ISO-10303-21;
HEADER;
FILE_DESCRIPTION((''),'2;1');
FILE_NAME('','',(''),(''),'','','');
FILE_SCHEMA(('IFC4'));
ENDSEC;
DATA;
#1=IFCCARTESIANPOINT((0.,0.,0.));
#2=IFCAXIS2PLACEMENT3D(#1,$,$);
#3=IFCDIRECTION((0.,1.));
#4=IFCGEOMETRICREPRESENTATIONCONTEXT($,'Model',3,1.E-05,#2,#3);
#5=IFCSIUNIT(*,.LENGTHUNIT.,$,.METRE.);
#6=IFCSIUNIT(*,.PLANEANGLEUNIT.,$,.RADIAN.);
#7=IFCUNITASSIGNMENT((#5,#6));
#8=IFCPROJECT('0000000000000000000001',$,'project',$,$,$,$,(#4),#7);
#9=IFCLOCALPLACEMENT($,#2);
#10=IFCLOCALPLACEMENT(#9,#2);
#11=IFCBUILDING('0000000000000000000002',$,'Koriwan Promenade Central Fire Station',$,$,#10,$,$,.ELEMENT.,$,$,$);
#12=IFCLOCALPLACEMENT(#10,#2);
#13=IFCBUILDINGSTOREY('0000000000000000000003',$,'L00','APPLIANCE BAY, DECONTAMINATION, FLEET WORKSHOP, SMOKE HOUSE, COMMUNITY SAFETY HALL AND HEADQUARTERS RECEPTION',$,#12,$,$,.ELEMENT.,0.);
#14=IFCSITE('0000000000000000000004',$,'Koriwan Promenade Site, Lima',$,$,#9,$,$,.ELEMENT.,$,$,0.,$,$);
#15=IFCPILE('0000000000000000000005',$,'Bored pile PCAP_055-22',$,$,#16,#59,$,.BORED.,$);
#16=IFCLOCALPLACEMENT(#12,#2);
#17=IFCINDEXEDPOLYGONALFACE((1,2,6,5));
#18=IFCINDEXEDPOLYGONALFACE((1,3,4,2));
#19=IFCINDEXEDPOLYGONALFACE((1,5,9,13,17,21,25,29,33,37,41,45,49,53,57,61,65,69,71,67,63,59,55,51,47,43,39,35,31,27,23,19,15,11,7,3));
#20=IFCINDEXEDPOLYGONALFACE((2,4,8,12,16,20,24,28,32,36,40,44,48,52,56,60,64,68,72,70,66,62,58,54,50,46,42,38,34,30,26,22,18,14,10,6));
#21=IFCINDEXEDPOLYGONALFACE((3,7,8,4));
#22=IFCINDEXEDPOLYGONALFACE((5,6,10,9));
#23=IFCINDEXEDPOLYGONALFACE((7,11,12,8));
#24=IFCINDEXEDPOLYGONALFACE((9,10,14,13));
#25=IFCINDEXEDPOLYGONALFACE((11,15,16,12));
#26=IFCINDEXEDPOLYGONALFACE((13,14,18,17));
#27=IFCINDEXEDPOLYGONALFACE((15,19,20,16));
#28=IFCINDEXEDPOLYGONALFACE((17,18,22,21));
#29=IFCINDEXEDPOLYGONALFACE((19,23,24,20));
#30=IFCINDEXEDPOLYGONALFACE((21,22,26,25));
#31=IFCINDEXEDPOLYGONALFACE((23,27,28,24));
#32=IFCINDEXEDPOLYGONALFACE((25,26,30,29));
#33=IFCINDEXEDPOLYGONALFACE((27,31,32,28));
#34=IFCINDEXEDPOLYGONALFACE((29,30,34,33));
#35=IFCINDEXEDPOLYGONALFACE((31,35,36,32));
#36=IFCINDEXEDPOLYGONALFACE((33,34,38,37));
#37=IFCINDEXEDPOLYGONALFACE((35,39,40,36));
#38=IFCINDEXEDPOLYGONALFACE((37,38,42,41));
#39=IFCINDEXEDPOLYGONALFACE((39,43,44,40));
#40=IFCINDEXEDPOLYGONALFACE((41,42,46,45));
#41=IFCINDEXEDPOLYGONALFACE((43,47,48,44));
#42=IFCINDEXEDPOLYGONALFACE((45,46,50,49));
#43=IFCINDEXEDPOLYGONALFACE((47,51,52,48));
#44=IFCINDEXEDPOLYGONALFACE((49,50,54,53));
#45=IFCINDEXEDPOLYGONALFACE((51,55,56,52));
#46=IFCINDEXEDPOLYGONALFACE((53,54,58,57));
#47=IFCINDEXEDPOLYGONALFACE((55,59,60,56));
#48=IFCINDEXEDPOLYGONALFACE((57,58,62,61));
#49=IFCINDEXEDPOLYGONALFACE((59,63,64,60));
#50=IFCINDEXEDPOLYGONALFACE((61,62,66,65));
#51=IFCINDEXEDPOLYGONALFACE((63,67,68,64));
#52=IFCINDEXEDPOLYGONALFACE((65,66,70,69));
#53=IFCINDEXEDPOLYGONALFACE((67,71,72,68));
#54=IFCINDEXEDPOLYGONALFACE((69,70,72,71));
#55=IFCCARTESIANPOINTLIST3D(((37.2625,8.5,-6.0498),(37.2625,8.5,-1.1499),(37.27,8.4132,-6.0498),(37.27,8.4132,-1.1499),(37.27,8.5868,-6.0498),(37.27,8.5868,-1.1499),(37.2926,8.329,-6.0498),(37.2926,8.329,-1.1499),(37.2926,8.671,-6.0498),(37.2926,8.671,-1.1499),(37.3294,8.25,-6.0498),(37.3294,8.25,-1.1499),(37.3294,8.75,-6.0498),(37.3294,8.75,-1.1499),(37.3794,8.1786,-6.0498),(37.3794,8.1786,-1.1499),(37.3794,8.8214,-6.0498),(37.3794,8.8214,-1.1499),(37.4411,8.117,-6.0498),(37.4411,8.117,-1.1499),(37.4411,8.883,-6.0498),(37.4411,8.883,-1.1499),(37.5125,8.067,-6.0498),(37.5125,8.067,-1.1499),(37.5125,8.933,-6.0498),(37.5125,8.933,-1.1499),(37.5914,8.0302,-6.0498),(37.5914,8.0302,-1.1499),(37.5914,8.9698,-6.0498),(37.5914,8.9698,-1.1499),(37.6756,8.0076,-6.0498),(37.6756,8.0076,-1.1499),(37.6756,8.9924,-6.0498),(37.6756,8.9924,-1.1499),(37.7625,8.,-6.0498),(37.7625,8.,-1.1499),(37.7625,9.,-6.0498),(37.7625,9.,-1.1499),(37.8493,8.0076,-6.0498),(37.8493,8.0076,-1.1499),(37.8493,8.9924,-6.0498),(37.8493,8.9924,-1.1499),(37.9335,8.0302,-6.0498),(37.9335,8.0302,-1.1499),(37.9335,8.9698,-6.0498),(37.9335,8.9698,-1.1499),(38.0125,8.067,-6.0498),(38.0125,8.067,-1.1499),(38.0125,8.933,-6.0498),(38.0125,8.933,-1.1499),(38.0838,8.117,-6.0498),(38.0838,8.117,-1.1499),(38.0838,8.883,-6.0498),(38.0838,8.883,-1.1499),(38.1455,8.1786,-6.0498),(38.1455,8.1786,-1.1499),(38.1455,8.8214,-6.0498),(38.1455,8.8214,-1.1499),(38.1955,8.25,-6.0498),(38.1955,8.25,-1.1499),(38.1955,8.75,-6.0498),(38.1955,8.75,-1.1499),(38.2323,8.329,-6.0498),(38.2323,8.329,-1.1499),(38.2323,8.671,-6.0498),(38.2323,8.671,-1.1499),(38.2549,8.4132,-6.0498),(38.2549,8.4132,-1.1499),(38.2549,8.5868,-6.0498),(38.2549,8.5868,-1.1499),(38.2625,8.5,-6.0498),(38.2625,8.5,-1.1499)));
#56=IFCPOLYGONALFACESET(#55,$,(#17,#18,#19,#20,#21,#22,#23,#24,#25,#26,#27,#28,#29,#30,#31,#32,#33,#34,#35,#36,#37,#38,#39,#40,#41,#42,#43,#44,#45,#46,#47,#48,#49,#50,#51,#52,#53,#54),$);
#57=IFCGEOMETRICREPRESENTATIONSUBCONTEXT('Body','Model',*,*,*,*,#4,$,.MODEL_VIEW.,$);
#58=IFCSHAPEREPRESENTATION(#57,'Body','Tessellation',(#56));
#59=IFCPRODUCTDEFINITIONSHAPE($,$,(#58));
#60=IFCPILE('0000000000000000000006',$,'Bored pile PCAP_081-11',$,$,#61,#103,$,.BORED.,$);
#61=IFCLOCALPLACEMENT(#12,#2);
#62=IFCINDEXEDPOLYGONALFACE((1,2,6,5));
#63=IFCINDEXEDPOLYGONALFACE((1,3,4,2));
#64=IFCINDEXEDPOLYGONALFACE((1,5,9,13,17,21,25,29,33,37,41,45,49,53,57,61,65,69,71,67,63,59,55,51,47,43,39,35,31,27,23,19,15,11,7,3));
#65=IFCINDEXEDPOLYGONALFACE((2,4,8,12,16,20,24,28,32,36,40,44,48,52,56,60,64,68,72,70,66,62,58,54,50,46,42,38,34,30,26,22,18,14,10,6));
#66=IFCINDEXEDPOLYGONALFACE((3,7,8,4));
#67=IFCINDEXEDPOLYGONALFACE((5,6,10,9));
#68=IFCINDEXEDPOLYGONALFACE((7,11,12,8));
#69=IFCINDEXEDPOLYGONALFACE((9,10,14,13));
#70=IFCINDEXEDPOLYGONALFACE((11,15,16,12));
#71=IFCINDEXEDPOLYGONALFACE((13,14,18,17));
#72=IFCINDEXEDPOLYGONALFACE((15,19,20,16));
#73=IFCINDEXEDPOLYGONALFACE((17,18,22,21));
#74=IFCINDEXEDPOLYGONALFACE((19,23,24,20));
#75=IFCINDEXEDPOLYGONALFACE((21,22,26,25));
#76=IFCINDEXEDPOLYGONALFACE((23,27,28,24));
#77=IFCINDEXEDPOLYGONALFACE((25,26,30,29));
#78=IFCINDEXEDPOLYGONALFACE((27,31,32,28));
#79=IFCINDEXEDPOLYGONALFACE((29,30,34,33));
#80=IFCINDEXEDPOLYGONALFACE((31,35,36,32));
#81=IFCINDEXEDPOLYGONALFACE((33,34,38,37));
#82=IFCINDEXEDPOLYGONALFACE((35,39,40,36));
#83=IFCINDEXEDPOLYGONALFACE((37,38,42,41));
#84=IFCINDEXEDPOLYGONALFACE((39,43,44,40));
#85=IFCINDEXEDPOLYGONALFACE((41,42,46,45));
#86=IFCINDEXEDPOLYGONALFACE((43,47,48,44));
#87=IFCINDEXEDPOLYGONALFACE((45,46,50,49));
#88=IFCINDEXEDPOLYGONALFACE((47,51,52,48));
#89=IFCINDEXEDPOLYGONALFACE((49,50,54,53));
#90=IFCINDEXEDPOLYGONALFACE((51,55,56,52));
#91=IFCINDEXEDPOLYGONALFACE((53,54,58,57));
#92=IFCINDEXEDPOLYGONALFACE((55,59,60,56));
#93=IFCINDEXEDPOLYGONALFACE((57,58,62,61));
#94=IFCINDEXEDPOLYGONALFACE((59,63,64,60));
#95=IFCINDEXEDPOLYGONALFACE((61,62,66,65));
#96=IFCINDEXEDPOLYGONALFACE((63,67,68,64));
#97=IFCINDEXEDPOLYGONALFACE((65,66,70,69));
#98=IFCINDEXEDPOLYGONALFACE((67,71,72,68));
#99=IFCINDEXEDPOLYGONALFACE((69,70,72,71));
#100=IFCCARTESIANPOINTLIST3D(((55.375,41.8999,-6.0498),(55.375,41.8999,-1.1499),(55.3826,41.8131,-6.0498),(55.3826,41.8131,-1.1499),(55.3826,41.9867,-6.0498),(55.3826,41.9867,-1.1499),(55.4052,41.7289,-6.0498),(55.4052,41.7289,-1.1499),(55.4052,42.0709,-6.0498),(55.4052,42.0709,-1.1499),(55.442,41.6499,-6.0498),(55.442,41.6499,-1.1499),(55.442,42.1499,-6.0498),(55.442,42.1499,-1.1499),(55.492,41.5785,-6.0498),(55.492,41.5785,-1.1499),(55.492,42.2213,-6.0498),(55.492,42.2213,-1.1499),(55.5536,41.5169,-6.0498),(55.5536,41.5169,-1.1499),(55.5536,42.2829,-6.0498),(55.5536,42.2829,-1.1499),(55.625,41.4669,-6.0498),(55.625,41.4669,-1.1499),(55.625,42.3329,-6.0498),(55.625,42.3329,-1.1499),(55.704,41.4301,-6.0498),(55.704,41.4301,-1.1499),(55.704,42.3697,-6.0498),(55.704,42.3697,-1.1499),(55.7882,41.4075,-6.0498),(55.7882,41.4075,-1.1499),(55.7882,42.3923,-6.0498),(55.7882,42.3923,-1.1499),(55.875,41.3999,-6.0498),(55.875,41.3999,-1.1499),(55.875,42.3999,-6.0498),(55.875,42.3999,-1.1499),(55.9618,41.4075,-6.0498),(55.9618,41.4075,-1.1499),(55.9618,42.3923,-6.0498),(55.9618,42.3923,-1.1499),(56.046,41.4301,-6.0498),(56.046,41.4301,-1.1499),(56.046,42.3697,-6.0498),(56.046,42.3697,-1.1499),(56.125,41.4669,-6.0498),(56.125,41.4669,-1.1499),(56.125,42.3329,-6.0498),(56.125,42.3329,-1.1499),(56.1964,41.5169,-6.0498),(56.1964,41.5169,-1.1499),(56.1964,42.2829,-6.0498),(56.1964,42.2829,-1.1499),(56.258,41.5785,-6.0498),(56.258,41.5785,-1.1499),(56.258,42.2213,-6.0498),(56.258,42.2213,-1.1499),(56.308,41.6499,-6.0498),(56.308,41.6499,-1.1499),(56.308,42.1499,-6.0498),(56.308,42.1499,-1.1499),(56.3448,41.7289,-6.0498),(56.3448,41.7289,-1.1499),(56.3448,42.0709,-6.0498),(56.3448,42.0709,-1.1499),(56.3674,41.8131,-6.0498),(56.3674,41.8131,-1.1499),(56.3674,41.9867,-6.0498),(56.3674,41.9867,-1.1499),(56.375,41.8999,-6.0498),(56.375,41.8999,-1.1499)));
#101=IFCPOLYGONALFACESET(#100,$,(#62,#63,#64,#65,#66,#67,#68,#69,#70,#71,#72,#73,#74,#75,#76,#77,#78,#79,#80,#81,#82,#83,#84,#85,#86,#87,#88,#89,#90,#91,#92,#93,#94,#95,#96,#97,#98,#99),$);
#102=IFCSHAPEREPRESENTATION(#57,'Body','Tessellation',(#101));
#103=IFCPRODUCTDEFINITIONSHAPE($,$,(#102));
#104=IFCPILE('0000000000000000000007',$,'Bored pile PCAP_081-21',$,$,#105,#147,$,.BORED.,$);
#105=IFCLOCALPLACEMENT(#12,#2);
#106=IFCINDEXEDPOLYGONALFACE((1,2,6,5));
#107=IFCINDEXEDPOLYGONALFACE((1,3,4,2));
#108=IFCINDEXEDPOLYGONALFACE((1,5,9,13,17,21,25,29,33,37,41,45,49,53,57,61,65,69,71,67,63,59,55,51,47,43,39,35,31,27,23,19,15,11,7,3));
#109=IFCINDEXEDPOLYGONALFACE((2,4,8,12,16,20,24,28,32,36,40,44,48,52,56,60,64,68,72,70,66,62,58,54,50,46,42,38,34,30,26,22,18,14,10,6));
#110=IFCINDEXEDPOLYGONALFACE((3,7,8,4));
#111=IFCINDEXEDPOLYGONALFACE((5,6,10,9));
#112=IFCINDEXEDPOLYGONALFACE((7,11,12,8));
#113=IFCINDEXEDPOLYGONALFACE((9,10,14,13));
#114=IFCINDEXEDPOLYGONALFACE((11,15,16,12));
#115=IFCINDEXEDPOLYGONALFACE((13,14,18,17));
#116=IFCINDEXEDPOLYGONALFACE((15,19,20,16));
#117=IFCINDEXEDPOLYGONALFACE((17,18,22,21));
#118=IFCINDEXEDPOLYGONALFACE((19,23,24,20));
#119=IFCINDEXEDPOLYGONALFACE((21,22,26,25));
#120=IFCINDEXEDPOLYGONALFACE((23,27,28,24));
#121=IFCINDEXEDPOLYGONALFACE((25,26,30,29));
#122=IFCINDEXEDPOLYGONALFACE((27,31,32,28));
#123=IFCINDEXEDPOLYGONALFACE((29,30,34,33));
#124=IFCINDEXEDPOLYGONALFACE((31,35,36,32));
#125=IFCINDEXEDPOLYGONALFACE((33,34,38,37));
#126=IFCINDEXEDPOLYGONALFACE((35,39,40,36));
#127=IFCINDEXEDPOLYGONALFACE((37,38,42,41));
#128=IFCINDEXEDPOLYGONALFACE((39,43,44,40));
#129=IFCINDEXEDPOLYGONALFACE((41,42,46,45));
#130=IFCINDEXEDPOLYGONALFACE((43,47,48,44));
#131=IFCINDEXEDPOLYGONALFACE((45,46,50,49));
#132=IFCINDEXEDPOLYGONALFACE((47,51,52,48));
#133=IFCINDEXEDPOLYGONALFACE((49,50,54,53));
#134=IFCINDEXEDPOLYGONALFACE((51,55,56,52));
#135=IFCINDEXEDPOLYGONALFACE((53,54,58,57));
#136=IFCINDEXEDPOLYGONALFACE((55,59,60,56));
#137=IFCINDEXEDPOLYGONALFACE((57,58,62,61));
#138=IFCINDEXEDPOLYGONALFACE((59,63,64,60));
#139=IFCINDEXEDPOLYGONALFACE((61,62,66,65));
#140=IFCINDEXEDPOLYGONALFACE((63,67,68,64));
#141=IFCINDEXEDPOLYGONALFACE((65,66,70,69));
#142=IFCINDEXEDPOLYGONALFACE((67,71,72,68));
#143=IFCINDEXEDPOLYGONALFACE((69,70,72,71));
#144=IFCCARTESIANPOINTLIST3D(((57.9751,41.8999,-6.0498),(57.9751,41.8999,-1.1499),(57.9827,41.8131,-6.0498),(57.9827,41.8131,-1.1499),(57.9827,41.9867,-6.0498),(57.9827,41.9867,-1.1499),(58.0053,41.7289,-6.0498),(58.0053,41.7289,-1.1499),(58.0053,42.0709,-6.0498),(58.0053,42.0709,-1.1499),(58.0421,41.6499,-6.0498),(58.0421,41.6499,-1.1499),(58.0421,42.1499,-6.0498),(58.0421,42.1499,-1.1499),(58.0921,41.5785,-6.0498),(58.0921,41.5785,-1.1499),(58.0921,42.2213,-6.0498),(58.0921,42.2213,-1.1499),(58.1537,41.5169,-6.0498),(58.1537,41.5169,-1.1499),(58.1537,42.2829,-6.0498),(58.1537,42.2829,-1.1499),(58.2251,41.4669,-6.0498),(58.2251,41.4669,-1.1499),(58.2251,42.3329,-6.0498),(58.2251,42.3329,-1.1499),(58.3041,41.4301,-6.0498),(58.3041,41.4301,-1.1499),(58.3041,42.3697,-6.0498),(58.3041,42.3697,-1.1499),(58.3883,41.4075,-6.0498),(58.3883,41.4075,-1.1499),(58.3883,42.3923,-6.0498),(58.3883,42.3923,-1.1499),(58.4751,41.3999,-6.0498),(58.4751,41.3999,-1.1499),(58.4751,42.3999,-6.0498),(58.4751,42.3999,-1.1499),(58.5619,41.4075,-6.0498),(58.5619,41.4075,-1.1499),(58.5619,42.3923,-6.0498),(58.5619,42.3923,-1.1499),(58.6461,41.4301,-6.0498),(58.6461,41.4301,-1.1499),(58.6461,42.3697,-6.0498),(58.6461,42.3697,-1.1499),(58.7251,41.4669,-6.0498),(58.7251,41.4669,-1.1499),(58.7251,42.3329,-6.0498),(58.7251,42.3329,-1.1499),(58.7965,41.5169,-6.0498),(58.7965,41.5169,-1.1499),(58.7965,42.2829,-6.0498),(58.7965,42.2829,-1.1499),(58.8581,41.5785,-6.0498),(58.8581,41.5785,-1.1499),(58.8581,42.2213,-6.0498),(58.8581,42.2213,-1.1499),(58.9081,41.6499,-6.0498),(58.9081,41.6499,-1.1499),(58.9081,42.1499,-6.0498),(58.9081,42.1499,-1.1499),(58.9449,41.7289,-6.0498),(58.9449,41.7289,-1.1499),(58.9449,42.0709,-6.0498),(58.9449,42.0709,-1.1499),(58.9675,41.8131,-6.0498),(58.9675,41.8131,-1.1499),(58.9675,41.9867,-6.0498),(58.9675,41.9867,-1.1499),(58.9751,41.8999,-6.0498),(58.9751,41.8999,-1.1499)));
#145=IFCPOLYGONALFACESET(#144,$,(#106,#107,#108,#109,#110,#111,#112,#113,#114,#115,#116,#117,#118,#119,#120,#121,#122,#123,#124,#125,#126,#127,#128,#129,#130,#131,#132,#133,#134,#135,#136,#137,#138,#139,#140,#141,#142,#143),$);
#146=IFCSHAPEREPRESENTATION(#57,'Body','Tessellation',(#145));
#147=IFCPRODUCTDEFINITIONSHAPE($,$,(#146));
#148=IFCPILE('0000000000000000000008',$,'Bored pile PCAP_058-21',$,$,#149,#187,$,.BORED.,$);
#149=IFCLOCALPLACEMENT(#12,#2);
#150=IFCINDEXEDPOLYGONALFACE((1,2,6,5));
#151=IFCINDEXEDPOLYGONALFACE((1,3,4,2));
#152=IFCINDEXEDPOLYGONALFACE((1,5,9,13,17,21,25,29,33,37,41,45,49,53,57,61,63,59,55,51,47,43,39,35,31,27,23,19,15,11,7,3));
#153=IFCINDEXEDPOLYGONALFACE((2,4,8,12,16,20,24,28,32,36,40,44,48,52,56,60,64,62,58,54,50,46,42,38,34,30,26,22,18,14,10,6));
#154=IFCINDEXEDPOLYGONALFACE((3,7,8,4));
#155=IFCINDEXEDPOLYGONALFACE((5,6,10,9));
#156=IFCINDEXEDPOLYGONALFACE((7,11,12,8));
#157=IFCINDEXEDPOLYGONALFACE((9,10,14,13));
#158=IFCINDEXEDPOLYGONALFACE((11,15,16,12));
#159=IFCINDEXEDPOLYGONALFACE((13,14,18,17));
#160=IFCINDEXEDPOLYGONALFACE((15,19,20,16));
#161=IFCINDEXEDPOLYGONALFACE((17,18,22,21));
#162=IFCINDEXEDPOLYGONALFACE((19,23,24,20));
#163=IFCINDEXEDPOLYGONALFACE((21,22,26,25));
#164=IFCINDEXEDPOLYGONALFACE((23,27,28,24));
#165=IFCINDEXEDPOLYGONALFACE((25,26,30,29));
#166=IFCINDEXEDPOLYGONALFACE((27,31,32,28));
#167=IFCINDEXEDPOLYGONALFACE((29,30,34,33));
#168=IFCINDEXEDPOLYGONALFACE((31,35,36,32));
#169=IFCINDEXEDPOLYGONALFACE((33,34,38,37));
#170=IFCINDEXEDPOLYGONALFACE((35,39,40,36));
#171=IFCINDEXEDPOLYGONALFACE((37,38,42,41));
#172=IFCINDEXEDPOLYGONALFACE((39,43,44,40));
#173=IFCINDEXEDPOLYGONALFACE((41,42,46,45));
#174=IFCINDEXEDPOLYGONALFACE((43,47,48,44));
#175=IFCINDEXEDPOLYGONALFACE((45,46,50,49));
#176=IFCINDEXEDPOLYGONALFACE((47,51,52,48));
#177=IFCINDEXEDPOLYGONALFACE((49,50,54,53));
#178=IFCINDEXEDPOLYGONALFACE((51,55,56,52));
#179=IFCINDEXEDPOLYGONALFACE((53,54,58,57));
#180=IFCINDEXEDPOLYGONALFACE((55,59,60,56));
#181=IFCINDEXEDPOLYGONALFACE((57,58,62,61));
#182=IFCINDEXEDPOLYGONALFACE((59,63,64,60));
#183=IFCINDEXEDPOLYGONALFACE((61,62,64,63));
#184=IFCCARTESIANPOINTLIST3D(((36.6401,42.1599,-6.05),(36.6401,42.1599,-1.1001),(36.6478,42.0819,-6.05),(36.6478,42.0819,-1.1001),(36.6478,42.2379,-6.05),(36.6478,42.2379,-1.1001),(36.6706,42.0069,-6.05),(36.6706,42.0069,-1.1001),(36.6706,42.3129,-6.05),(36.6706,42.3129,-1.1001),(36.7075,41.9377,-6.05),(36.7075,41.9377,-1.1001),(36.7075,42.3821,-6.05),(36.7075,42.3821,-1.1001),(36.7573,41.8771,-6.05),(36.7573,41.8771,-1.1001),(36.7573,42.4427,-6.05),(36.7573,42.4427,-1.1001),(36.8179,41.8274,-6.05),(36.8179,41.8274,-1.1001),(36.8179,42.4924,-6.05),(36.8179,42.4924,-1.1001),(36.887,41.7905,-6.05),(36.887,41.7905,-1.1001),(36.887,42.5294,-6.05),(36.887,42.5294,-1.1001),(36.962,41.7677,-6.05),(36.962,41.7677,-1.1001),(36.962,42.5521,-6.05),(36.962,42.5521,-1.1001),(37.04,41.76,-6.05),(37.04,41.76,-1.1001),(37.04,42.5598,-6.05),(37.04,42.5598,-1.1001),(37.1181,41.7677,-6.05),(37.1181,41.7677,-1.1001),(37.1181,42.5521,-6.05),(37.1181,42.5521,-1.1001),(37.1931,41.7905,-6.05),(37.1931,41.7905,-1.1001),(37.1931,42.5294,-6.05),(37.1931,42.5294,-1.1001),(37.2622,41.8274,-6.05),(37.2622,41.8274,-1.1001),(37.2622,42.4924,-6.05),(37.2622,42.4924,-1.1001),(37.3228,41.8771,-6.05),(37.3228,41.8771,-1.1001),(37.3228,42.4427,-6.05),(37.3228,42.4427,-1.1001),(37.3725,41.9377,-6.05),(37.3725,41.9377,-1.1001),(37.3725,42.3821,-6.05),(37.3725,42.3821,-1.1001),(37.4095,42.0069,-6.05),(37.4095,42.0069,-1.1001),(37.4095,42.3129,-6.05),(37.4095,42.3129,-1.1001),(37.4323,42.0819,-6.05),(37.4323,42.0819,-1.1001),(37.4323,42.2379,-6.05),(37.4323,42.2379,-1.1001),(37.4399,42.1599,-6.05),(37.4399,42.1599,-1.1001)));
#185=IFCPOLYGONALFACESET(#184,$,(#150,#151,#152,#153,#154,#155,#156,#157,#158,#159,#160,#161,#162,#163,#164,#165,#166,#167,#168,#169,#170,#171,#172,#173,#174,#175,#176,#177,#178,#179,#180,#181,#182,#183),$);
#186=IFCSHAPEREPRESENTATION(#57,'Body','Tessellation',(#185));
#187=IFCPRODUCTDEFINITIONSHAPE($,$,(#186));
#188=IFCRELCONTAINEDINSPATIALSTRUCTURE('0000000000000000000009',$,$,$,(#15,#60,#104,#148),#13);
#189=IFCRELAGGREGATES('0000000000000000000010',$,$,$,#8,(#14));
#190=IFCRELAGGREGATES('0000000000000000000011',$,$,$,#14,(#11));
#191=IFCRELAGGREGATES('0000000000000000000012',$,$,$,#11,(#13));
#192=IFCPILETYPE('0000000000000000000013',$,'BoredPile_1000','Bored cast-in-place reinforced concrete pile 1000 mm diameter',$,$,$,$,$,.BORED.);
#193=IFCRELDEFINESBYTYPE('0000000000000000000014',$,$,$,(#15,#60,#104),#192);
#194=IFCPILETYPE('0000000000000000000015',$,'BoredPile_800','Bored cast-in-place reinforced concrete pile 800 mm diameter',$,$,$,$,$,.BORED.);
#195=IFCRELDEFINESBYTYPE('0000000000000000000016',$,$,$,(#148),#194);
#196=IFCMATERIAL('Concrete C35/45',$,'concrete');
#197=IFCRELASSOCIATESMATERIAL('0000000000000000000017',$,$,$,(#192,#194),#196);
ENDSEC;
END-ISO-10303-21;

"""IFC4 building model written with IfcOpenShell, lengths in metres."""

from ifc_helpers import new_model, si_unit, direction, frame, origin, origin_2d, place, context, subcontext, project, spatial, circle, extrude, material, material_profile, profile_set, type_object, element, save


model = new_model("IFC4")

# Units and contexts
model_context = context("Model", 3, precision=1e-05, world=origin(), true_north=direction((0.0, 1.0)))
body_context = subcontext(model_context, "Body", "Model", "MODEL_VIEW")
ifc_project = project(units=[si_unit("LENGTHUNIT", "METRE"), si_unit("PLANEANGLEUNIT", "RADIAN")], contexts=[model_context])

# Site, building, storey
site_placement = place(None, origin())
site = spatial("IfcSite", under=ifc_project, at=site_placement, Name="Koriwan Promenade Site, Lima", CompositionType="ELEMENT", RefElevation=0.0)
building_placement = place(site_placement, origin())
building = spatial("IfcBuilding", under=site, at=building_placement, Name="Koriwan Promenade Central Fire Station", CompositionType="ELEMENT")
storey_placement = place(building_placement, origin())
storey = spatial("IfcBuildingStorey", under=building, at=storey_placement, Name="L00", Description="APPLIANCE BAY, DECONTAMINATION, FLEET WORKSHOP, SMOKE HOUSE, COMMUNITY SAFETY HALL AND HEADQUARTERS RECEPTION", CompositionType="ELEMENT", Elevation=0.0)

# Piles
ifc_material_1 = material(Name="Concrete C35/45", Category="concrete")
ifc_material_profile_1 = material_profile(ifc_material_1, circle(Radius=0.5, at=origin_2d()), Name="PILE-D1000")
ifc_profile_set_1 = profile_set([ifc_material_profile_1], Name="Concrete C35/45")
pile_type_1 = type_object("IfcPileType", Name="BoredPile_1000", Description="Bored cast-in-place reinforced concrete pile 1000 mm diameter", PredefinedType="BORED", material=ifc_profile_set_1)
for number, where, z_axis, x_axis, name in (
    (1, (37.7625, 8.5, -1.1499), (0.0, 0.0, -1.0), (1.0, 0.0, 0.0), "Bored pile PCAP_055-22"),
    (2, (55.875, 41.8999, -1.1499), (0.0, 0.0, -1.0), (1.0, 0.0, 0.0), "Bored pile PCAP_081-11"),
    (3, (58.4751, 41.8999, -1.1499), (0.0, 0.0, -1.0), (1.0, 0.0, 0.0), "Bored pile PCAP_081-21"),
):
    element("IfcPile", number, at=place(storey_placement, frame(where, z_axis=z_axis, x_axis=x_axis)), inside=storey, type_object=pile_type_1, Name=name, PredefinedType="BORED", context=body_context, shape_type="SweptSolid", body=[
        extrude(circle(Radius=0.5, at=origin_2d()), origin(), (0.0, 0.0, 1.0), 4.8999),
    ])
ifc_material_profile_2 = material_profile(ifc_material_1, circle(Radius=0.3999, at=origin_2d()), Name="PILE-D800")
ifc_profile_set_2 = profile_set([ifc_material_profile_2], Name="Concrete C35/45")
pile_type_2 = type_object("IfcPileType", Name="BoredPile_800", Description="Bored cast-in-place reinforced concrete pile 800 mm diameter", PredefinedType="BORED", material=ifc_profile_set_2)
for number, where, z_axis, x_axis, name in (
    (4, (37.04, 42.1599, -1.1001), (0.0, 0.0, -1.0), (1.0, 0.0, 0.0), "Bored pile PCAP_058-21"),
):
    element("IfcPile", number, at=place(storey_placement, frame(where, z_axis=z_axis, x_axis=x_axis)), inside=storey, type_object=pile_type_2, Name=name, PredefinedType="BORED", context=body_context, shape_type="SweptSolid", body=[
        extrude(circle(Radius=0.3999, at=origin_2d()), origin(), (0.0, 0.0, 1.0), 4.95),
    ])

save(model, "model.ifc")
